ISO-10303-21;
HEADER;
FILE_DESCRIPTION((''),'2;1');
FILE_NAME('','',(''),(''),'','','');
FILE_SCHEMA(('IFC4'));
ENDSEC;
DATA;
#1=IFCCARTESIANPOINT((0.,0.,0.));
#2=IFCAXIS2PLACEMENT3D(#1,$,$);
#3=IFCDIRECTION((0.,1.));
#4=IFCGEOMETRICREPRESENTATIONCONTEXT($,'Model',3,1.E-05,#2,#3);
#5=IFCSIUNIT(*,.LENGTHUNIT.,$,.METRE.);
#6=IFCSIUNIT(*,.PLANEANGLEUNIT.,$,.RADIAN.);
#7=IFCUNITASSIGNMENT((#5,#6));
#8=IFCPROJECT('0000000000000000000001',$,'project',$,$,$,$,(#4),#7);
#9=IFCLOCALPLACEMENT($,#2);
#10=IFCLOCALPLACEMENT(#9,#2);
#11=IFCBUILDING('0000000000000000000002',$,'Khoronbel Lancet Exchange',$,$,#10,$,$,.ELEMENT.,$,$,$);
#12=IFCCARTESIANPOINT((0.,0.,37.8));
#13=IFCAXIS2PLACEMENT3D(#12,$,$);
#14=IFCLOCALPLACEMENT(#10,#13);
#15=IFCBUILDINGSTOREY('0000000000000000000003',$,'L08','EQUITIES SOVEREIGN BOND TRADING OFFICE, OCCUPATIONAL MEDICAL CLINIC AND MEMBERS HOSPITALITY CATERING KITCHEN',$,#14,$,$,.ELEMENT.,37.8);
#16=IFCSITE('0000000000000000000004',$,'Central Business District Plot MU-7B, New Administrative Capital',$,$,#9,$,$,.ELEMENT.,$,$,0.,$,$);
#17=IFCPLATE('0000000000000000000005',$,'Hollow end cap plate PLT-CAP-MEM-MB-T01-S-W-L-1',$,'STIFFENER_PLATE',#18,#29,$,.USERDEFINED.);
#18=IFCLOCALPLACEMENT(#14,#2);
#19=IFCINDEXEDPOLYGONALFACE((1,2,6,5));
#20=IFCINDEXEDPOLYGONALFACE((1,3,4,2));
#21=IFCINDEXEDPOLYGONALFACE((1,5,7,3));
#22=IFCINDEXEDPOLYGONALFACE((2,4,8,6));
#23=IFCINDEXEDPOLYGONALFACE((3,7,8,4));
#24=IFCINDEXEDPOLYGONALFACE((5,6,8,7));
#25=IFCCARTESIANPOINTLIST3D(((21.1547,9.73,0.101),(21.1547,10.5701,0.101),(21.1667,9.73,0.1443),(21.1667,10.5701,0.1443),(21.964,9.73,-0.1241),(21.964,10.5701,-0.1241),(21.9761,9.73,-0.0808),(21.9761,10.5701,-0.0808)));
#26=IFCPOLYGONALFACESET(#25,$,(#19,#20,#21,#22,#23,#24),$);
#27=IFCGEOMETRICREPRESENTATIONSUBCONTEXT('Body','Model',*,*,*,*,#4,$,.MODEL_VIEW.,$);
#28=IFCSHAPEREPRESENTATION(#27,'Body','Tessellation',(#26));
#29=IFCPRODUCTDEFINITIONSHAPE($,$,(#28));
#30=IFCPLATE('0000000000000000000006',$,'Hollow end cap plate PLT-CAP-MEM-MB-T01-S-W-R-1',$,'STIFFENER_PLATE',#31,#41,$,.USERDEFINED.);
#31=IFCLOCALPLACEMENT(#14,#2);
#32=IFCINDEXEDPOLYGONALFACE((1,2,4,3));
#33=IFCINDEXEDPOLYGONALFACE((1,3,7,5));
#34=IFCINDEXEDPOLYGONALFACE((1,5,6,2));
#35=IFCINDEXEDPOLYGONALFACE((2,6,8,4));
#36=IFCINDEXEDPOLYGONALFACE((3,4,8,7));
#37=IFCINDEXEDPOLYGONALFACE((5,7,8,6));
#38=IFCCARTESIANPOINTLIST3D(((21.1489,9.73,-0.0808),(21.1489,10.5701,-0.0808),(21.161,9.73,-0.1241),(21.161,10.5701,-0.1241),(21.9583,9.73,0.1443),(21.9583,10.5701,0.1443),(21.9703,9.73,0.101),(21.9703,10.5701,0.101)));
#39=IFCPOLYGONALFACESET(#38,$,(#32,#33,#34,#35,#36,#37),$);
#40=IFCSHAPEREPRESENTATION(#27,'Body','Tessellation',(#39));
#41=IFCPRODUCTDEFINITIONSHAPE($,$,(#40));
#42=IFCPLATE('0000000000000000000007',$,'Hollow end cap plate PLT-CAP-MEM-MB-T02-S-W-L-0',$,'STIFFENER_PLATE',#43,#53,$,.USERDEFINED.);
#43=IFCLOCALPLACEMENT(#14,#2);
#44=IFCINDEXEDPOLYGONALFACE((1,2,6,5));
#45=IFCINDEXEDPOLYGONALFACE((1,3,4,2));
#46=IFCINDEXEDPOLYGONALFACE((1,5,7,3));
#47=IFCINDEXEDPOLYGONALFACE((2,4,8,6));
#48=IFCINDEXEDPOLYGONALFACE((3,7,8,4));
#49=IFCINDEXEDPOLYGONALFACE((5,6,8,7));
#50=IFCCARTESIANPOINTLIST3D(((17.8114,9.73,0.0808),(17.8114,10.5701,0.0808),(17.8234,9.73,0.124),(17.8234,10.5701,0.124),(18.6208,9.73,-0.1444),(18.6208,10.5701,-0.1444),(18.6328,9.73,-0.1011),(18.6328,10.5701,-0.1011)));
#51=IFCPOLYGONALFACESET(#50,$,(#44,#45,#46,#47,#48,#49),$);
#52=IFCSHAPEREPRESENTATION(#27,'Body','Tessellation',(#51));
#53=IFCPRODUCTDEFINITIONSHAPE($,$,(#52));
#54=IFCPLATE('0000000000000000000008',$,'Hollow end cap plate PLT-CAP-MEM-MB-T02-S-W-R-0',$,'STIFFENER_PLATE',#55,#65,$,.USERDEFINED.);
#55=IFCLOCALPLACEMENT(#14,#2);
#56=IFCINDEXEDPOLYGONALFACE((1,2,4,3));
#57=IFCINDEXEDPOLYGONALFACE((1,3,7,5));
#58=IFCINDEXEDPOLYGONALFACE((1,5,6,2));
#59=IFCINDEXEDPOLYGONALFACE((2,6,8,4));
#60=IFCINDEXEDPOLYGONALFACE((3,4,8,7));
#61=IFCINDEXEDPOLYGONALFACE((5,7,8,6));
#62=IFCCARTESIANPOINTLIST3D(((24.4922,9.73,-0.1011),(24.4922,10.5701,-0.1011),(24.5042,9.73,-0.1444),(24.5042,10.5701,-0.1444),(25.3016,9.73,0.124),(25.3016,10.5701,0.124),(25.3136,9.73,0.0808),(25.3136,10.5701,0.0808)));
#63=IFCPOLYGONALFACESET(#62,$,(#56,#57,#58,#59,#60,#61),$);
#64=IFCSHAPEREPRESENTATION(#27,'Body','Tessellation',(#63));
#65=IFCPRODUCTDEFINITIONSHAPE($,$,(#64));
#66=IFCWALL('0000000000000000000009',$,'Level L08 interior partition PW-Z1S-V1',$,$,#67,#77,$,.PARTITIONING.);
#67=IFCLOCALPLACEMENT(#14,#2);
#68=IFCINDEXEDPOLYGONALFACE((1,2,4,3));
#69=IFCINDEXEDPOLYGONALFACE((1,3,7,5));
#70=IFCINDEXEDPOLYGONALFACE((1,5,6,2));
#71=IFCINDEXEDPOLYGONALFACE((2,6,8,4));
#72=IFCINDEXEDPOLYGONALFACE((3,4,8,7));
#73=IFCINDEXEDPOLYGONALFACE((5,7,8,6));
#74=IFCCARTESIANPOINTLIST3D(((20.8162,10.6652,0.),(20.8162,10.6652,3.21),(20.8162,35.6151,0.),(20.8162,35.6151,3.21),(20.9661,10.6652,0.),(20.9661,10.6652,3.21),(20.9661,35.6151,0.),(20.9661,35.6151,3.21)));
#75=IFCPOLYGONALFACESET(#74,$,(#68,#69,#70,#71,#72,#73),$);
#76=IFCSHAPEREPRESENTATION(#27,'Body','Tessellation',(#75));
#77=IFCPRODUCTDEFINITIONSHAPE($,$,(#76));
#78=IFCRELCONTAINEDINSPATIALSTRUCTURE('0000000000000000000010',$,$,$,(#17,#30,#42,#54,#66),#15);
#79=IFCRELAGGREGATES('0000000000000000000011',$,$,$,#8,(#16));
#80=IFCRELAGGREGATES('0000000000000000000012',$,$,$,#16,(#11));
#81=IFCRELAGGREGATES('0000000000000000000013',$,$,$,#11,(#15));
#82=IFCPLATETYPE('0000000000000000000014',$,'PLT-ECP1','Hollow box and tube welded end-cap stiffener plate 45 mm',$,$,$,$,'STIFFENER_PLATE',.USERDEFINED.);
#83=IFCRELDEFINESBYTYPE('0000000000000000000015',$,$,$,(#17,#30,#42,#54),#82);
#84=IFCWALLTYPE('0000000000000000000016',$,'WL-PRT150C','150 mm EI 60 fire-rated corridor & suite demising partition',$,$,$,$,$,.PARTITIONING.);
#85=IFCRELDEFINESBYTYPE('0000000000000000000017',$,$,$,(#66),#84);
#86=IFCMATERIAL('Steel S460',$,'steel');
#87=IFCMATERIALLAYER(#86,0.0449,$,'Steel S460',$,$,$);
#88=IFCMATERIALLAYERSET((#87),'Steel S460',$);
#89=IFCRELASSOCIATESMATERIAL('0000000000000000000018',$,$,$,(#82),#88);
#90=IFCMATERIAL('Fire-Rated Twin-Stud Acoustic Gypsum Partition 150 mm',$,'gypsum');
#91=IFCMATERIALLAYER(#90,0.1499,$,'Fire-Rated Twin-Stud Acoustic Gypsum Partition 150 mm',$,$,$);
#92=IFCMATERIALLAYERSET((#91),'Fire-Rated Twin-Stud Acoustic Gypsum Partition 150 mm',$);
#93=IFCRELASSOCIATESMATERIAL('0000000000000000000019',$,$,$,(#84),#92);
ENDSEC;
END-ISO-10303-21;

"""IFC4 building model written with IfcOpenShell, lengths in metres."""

from ifc_helpers import new_model, si_unit, direction, frame, frame_2d, origin, place, context, subcontext, project, spatial, polyline, rectangle, outline, extrude, material, layer, layer_set, type_object, element, save


model = new_model("IFC4")

# Units and contexts
model_context = context("Model", 3, precision=1e-05, world=origin(), true_north=direction((0.0, 1.0)))
body_context = subcontext(model_context, "Body", "Model", "MODEL_VIEW")
ifc_project = project(units=[si_unit("LENGTHUNIT", "METRE"), si_unit("PLANEANGLEUNIT", "RADIAN")], contexts=[model_context])

# Site, building, storey
site_placement = place(None, origin())
site = spatial("IfcSite", under=ifc_project, at=site_placement, Name="Central Business District Plot MU-7B, New Administrative Capital", CompositionType="ELEMENT", RefElevation=0.0)
building_placement = place(site_placement, origin())
building = spatial("IfcBuilding", under=site, at=building_placement, Name="Khoronbel Lancet Exchange", CompositionType="ELEMENT")
storey_placement = place(building_placement, frame((0.0, 0.0, 37.8)))
storey = spatial("IfcBuildingStorey", under=building, at=storey_placement, Name="L08", Description="EQUITIES SOVEREIGN BOND TRADING OFFICE, OCCUPATIONAL MEDICAL CLINIC AND MEMBERS HOSPITALITY CATERING KITCHEN", CompositionType="ELEMENT", Elevation=37.8)

# Shared definitions
ifc_material_1 = material(Name="Steel S460", Category="steel")

# Plates
ifc_layer_1 = layer(ifc_material_1, 0.0449, Name="Steel S460")
ifc_layer_set_1 = layer_set([ifc_layer_1], Name="Steel S460")
plate_type_1 = type_object("IfcPlateType", Name="PLT-ECP1", Description="Hollow box and tube welded end-cap stiffener plate 45 mm", ElementType="STIFFENER_PLATE", PredefinedType="USERDEFINED", material=ifc_layer_set_1)
for number, where, z_axis, x_axis, name in (
    (1, (21.9761, 9.73, -0.0808), (0.267959, 0.0, 0.96343), (0.0, 1.0, 0.0), "Hollow end cap plate PLT-CAP-MEM-MB-T01-S-W-L-1"),
    (2, (21.1489, 10.5701, -0.0808), (-0.267959, 0.0, 0.96343), (0.0, -1.0, 0.0), "Hollow end cap plate PLT-CAP-MEM-MB-T01-S-W-R-1"),
    (3, (18.6328, 9.73, -0.1011), (0.267959, 0.0, 0.96343), (0.0, 1.0, 0.0), "Hollow end cap plate PLT-CAP-MEM-MB-T02-S-W-L-0"),
    (4, (24.4922, 10.5701, -0.1011), (-0.267959, 0.0, 0.96343), (0.0, -1.0, 0.0), "Hollow end cap plate PLT-CAP-MEM-MB-T02-S-W-R-0"),
):
    element("IfcPlate", number, at=place(storey_placement, frame(where, z_axis=z_axis, x_axis=x_axis)), inside=storey, type_object=plate_type_1, Name=name, ObjectType="STIFFENER_PLATE", PredefinedType="USERDEFINED", context=body_context, shape_type="SweptSolid", body=[
        extrude(outline(polyline([(0.0, 0.0), (0.8401, 0.0), (0.8401, 0.8401), (0.0, 0.8401), (0.0, 0.0)])), origin(), (0.0, 0.0, -1.0), 0.0449),
    ])

# Wall
ifc_material_2 = material(Name="Fire-Rated Twin-Stud Acoustic Gypsum Partition 150 mm", Category="gypsum")
ifc_layer_2 = layer(ifc_material_2, 0.1499, Name="Fire-Rated Twin-Stud Acoustic Gypsum Partition 150 mm")
ifc_layer_set_2 = layer_set([ifc_layer_2], Name="Fire-Rated Twin-Stud Acoustic Gypsum Partition 150 mm")
wall_type = type_object("IfcWallType", Name="WL-PRT150C", Description="150 mm EI 60 fire-rated corridor & suite demising partition", PredefinedType="PARTITIONING", material=ifc_layer_set_2)
wall_placement = place(storey_placement, frame((20.8911, 10.665, 0.0), z_axis=(0.0, 0.0, 1.0), x_axis=(0.0, 1.0, 0.0)))
element("IfcWall", 5, at=wall_placement, inside=storey, type_object=wall_type, Name="Level L08 interior partition PW-Z1S-V1", PredefinedType="PARTITIONING", context=body_context, shape_type="SweptSolid", body=[
    extrude(rectangle(XDim=24.95, YDim=0.1499, at=frame_2d((12.4751, 0.0))), origin(), (0.0, 0.0, 1.0), 3.21),
])

save(model, "model.ifc")
